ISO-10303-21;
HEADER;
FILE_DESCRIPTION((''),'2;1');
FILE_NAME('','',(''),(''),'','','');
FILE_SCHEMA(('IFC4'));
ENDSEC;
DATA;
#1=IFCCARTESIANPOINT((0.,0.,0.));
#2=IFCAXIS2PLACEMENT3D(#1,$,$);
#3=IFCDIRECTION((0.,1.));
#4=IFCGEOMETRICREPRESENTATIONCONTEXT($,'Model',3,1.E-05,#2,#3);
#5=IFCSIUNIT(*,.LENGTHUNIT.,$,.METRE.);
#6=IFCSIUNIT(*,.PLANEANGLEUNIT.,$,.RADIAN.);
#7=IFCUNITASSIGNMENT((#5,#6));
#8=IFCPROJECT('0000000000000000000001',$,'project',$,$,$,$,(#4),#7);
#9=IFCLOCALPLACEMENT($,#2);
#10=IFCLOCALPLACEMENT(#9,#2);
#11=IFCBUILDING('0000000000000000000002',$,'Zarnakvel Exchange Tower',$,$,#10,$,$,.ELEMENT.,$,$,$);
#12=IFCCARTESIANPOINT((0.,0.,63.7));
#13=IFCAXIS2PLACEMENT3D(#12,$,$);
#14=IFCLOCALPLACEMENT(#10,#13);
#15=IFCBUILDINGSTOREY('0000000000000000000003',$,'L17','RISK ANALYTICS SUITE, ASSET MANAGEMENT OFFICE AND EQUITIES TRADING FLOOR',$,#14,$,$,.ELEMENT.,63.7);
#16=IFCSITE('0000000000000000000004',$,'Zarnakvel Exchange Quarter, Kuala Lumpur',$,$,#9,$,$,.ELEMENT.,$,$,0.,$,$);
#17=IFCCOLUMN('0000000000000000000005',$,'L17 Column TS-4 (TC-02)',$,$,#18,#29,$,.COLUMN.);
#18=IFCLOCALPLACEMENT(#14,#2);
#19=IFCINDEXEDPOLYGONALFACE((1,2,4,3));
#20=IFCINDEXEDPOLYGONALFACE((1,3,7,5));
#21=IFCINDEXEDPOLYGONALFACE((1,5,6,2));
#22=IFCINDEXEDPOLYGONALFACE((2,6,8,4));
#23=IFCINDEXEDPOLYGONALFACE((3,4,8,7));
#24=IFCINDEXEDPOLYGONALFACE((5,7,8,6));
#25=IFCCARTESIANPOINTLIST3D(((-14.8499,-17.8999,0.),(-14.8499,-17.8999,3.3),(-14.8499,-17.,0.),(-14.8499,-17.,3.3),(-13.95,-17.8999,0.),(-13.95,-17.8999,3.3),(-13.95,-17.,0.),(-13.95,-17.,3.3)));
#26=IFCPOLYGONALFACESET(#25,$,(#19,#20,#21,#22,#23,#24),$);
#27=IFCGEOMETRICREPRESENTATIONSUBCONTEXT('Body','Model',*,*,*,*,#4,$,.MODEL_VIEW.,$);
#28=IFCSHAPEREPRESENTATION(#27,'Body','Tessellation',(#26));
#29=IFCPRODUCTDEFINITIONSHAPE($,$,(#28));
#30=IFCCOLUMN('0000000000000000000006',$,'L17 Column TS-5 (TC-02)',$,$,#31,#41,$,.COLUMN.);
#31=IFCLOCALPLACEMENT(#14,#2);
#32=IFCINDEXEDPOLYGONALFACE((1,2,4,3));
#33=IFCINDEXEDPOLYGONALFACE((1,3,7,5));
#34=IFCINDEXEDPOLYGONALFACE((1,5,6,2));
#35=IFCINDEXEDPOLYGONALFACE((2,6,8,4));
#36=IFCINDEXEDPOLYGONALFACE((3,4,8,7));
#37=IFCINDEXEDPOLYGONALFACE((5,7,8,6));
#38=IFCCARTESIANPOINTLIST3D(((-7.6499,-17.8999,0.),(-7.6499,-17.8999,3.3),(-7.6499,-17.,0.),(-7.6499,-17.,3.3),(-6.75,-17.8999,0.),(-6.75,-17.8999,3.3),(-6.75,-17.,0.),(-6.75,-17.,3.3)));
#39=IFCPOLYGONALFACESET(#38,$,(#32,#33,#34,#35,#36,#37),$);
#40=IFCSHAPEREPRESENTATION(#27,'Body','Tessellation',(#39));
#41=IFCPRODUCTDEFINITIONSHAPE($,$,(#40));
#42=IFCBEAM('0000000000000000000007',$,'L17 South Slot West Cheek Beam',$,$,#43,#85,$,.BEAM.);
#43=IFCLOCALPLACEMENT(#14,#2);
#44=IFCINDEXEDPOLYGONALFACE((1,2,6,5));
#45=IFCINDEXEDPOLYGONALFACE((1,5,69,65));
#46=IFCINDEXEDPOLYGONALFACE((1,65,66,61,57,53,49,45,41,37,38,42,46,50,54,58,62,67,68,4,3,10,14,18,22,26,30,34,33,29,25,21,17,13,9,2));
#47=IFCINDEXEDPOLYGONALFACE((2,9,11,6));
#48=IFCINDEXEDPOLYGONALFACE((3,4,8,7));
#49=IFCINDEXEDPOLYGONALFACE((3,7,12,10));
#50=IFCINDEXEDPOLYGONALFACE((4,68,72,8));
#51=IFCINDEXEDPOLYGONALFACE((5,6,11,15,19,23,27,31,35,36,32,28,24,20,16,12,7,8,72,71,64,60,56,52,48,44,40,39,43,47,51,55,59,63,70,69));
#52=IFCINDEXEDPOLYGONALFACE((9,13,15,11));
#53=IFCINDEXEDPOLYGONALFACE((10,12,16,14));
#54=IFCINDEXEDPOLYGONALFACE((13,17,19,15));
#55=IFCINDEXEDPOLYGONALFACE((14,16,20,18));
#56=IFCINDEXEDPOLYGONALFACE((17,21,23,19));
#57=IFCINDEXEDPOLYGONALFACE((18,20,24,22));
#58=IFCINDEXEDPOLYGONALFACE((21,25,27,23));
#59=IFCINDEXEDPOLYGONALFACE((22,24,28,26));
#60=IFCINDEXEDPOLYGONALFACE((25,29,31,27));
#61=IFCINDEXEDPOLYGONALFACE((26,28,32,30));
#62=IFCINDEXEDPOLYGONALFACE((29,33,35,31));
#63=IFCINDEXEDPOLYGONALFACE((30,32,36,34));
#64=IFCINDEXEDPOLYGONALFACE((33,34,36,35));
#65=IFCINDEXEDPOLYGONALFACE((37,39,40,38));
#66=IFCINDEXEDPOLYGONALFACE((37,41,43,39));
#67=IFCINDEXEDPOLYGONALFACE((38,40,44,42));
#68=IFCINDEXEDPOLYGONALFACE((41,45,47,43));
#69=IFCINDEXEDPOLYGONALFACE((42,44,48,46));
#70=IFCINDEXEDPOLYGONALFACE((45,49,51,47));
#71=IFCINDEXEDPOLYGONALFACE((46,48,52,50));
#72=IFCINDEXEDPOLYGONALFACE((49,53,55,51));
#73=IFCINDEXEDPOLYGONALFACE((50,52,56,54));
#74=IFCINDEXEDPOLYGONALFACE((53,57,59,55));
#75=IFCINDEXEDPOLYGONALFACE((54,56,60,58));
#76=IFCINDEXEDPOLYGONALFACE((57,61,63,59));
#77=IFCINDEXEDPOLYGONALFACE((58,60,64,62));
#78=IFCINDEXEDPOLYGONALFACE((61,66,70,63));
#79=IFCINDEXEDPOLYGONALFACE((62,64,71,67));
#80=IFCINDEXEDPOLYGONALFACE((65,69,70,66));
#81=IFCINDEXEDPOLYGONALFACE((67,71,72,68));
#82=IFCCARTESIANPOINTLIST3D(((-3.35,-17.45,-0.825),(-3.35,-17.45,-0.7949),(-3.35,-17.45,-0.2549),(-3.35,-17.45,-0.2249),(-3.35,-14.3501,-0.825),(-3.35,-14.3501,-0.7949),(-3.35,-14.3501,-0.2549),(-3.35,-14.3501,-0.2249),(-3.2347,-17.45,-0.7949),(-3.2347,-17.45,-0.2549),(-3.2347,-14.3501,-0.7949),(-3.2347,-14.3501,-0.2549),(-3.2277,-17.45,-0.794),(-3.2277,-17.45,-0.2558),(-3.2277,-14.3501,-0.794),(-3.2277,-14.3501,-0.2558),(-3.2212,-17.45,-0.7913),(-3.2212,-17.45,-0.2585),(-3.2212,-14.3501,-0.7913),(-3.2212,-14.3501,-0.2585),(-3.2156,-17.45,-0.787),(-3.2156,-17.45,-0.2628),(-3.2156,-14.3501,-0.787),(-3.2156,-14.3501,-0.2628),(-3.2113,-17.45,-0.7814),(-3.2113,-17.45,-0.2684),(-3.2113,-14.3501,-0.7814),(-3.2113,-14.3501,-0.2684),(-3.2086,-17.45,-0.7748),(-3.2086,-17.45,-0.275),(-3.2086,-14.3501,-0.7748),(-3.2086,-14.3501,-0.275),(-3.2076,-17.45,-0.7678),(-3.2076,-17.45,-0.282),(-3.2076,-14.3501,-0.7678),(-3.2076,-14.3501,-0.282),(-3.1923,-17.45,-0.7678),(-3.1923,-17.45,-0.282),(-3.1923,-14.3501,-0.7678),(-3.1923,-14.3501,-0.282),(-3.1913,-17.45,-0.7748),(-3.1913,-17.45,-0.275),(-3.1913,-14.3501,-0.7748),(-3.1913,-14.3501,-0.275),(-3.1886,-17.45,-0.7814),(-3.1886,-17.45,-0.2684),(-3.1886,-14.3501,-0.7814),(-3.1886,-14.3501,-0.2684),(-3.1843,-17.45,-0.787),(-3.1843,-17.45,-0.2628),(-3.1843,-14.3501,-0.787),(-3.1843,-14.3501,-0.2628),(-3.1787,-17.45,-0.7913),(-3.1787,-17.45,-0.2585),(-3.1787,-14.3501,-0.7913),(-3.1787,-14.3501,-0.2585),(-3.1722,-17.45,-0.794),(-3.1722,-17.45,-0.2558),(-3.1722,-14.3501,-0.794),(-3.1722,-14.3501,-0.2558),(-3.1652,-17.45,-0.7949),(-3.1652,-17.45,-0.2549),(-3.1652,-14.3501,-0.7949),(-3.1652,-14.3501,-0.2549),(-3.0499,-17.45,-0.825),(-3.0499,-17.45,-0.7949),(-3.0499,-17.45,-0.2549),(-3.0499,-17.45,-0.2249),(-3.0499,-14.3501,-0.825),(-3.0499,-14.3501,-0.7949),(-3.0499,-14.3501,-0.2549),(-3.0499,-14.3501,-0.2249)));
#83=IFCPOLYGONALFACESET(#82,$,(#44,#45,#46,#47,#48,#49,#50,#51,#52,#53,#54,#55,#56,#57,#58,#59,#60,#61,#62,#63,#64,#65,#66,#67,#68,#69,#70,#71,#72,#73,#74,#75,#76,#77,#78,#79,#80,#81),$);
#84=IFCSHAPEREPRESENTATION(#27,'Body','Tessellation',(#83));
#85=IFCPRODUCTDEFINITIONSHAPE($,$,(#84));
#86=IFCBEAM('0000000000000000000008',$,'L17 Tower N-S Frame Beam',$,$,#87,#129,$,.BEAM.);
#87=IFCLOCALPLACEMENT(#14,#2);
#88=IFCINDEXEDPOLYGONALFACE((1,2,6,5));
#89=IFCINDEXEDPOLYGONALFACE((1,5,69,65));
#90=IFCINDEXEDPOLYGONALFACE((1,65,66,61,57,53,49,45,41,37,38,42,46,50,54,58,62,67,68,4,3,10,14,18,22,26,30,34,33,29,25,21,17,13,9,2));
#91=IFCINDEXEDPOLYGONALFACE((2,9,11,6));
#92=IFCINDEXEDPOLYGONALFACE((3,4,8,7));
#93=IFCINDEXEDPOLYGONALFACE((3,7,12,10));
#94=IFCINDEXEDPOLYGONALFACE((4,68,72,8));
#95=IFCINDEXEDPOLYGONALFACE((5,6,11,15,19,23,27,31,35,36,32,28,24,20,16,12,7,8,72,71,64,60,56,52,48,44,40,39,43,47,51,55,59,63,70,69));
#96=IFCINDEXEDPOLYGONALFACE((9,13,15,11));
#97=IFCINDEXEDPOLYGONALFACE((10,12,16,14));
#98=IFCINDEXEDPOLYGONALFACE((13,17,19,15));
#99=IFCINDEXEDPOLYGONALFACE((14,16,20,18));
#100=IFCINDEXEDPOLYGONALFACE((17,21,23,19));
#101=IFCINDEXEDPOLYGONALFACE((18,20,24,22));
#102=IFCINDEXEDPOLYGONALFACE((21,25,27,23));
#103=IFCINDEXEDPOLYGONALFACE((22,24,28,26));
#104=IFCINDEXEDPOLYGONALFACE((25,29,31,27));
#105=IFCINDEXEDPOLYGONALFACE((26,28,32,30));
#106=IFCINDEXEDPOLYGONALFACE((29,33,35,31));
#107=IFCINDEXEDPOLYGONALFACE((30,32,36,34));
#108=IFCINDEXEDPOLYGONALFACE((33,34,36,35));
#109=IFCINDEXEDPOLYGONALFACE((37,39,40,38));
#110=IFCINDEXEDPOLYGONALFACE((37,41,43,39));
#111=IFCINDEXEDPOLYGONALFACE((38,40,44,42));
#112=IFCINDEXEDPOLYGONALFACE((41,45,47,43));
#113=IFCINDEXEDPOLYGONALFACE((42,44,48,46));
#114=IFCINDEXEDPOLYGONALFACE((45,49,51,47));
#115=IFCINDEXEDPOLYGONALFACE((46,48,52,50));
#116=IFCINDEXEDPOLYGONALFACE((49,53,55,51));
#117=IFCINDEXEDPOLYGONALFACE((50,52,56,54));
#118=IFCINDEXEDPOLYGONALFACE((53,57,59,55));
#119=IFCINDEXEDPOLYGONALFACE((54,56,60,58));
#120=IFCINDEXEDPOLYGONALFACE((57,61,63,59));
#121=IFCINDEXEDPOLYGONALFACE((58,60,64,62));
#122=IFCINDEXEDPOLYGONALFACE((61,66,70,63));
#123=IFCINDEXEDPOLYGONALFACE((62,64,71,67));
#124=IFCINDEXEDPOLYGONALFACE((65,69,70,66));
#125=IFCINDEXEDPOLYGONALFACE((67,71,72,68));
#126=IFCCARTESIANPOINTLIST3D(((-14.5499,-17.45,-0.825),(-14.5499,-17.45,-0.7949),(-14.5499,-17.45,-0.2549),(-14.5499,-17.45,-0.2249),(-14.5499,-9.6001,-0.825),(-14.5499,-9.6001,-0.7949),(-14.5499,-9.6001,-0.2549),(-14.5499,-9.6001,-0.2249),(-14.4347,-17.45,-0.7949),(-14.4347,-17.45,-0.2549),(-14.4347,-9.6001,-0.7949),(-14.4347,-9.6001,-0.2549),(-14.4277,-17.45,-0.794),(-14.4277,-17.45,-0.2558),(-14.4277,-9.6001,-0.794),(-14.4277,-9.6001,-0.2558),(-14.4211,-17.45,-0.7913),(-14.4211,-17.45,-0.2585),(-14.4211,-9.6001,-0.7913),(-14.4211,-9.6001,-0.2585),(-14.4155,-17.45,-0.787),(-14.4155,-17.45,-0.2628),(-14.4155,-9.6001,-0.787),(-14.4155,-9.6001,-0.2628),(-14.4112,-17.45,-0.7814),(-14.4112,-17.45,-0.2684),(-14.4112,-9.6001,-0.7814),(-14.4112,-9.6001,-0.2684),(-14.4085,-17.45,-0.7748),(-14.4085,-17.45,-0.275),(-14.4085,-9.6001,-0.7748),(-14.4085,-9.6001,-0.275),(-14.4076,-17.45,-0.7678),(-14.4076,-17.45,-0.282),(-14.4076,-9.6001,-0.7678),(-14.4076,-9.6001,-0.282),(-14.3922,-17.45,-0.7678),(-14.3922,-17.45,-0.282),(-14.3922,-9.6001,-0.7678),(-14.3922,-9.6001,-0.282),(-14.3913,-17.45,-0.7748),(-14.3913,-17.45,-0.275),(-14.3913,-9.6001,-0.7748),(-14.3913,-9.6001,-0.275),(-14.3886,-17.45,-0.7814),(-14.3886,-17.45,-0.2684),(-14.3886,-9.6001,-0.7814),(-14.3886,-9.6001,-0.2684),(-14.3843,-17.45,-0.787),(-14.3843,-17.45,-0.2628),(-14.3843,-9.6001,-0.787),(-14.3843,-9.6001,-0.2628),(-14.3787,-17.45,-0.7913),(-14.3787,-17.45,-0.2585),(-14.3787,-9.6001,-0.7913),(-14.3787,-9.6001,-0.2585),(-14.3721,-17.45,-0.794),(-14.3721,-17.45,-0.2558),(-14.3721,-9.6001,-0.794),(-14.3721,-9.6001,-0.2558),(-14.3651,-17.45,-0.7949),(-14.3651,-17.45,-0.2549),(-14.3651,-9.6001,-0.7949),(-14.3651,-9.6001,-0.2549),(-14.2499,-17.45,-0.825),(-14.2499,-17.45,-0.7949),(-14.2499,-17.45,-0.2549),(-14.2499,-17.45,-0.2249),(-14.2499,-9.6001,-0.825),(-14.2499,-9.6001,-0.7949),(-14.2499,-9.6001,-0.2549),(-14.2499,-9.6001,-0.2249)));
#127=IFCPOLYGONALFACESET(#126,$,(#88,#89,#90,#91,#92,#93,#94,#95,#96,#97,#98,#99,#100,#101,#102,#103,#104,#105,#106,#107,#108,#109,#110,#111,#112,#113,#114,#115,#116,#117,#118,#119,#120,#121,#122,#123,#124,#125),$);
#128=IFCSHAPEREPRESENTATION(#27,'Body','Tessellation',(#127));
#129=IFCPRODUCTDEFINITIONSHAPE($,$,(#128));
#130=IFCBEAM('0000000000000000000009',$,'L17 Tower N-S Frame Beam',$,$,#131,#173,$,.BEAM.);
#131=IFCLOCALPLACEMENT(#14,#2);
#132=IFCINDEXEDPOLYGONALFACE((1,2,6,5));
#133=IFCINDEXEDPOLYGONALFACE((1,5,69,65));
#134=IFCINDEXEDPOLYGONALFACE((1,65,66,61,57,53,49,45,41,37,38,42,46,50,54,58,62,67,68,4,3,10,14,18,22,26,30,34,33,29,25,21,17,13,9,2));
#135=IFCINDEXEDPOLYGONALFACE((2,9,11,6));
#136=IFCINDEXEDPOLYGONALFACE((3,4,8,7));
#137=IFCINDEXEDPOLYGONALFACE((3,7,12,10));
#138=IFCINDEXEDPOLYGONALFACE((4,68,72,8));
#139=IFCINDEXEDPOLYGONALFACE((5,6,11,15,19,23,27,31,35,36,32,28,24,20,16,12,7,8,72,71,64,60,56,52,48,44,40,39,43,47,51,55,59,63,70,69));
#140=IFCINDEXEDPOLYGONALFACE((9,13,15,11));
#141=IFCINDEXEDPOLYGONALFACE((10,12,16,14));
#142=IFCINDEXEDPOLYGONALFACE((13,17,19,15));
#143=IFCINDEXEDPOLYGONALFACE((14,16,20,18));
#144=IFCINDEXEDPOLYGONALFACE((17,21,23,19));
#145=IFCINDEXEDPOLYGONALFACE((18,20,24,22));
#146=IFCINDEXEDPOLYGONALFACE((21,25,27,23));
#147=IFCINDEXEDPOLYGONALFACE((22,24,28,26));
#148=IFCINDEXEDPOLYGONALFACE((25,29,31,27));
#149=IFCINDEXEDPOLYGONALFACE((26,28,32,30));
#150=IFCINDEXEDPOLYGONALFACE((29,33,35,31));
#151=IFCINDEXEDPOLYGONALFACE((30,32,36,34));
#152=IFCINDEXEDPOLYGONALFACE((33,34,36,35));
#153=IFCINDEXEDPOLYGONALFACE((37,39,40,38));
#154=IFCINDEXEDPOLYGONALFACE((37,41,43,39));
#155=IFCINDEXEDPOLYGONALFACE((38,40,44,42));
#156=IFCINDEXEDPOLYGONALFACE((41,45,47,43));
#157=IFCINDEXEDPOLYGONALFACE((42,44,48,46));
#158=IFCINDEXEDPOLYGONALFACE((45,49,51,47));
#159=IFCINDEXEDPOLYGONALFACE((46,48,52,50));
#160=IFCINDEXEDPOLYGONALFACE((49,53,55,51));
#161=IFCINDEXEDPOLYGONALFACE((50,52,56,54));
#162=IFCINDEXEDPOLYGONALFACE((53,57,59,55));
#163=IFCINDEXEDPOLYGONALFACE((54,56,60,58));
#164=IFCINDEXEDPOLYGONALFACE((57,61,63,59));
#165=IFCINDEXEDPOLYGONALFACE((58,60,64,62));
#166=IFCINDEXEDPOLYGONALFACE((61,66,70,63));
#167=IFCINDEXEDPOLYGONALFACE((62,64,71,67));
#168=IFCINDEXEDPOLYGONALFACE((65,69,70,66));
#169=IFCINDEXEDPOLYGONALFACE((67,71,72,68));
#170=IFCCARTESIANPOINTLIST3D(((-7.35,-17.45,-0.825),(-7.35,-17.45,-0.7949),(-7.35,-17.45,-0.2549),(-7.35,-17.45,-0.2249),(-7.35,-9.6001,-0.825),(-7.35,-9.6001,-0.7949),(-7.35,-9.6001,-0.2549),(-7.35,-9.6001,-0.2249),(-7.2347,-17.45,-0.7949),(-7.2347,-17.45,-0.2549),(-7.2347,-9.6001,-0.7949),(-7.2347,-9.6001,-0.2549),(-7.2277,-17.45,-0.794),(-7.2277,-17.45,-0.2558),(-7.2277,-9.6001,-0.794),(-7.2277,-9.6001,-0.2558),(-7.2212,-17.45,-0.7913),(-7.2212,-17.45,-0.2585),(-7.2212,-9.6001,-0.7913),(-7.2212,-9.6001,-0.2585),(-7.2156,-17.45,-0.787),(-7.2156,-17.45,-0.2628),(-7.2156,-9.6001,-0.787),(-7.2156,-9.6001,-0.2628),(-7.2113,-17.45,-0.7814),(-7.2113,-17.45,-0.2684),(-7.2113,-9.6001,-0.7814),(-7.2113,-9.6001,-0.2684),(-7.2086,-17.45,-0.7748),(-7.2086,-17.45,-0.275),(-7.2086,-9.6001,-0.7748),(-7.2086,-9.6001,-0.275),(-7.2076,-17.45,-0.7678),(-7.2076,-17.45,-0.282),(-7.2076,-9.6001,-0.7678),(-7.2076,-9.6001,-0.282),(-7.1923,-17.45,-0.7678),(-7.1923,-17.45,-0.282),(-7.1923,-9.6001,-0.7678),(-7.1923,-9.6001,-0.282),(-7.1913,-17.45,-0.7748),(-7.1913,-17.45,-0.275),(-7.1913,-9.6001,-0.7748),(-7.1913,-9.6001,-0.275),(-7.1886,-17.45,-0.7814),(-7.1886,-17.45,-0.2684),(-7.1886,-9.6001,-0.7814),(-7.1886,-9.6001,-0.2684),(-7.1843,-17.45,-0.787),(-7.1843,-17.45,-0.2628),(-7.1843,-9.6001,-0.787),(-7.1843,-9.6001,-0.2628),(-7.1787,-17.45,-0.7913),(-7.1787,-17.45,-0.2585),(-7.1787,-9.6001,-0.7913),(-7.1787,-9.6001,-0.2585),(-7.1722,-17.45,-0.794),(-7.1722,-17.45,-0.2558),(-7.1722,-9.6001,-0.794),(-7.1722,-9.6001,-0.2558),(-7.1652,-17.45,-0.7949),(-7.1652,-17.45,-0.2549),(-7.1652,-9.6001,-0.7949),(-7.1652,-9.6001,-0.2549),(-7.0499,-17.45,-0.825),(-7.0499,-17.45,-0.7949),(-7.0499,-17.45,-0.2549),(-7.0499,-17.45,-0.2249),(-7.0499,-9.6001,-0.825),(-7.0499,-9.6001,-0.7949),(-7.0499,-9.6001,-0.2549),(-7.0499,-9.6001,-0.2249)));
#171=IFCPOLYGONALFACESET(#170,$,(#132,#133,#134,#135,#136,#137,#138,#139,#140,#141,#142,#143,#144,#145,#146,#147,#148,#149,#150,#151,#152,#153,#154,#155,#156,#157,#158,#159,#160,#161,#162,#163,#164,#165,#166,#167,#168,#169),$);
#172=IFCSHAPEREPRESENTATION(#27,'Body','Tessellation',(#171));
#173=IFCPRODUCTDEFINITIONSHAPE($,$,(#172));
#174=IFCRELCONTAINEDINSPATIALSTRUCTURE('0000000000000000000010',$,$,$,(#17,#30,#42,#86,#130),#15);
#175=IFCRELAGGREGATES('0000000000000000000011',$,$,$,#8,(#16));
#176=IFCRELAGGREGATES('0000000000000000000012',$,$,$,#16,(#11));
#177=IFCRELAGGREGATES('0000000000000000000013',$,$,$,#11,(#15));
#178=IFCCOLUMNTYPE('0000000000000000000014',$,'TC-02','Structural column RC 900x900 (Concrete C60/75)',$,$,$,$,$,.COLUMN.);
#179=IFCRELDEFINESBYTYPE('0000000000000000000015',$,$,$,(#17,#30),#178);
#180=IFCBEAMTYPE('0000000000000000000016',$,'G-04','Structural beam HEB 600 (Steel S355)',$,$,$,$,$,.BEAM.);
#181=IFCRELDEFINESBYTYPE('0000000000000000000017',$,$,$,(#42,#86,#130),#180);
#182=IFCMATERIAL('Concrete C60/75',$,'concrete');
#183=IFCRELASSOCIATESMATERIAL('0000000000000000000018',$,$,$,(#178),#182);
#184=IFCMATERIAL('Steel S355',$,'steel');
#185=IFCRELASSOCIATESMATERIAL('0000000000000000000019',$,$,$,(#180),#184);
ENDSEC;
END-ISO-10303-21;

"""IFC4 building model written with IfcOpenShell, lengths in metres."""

from ifc_helpers import new_model, si_unit, direction, frame, origin, origin_2d, place, context, subcontext, project, spatial, rectangle, i_section, extrude, material, material_profile, profile_set, type_object, element, save


model = new_model("IFC4")

# Units and contexts
model_context = context("Model", 3, precision=1e-05, world=origin(), true_north=direction((0.0, 1.0)))
body_context = subcontext(model_context, "Body", "Model", "MODEL_VIEW")
ifc_project = project(units=[si_unit("LENGTHUNIT", "METRE"), si_unit("PLANEANGLEUNIT", "RADIAN")], contexts=[model_context])

# Site, building, storey
site_placement = place(None, origin())
site = spatial("IfcSite", under=ifc_project, at=site_placement, Name="Zarnakvel Exchange Quarter, Kuala Lumpur", CompositionType="ELEMENT", RefElevation=0.0)
building_placement = place(site_placement, origin())
building = spatial("IfcBuilding", under=site, at=building_placement, Name="Zarnakvel Exchange Tower", CompositionType="ELEMENT")
storey_placement = place(building_placement, frame((0.0, 0.0, 63.7)))
storey = spatial("IfcBuildingStorey", under=building, at=storey_placement, Name="L17", Description="RISK ANALYTICS SUITE, ASSET MANAGEMENT OFFICE AND EQUITIES TRADING FLOOR", CompositionType="ELEMENT", Elevation=63.7)

# Columns
ifc_material_1 = material(Name="Concrete C60/75", Category="concrete")
ifc_material_profile_1 = material_profile(ifc_material_1, rectangle(XDim=0.8999, YDim=0.8999, at=origin_2d()))
ifc_profile_set_1 = profile_set([ifc_material_profile_1], Name="Concrete C60/75")
column_type = type_object("IfcColumnType", Name="TC-02", Description="Structural column RC 900x900 (Concrete C60/75)", PredefinedType="COLUMN", material=ifc_profile_set_1)
for number, where, z_axis, x_axis, name in (
    (1, (-14.3999, -17.45, 0.0), (0.0, 0.0, 1.0), (1.0, 0.0, 0.0), "L17 Column TS-4 (TC-02)"),
    (2, (-7.2, -17.45, 0.0), (0.0, 0.0, 1.0), (1.0, 0.0, 0.0), "L17 Column TS-5 (TC-02)"),
):
    element("IfcColumn", number, at=place(storey_placement, frame(where, z_axis=z_axis, x_axis=x_axis)), inside=storey, type_object=column_type, Name=name, PredefinedType="COLUMN", context=body_context, shape_type="SweptSolid", body=[
        extrude(rectangle(XDim=0.8999, YDim=0.8999, at=origin_2d()), origin(), (0.0, 0.0, 1.0), 3.3),
    ])

# Beams
ifc_material_2 = material(Name="Steel S355", Category="steel")
ifc_material_profile_2 = material_profile(ifc_material_2, i_section(OverallWidth=0.3, OverallDepth=0.6001, WebThickness=0.0154, FlangeThickness=0.03, FilletRadius=0.0271, at=origin_2d()))
ifc_profile_set_2 = profile_set([ifc_material_profile_2], Name="Steel S355")
beam_type_1 = type_object("IfcBeamType", Name="G-04", Description="Structural beam HEB 600 (Steel S355)", PredefinedType="BEAM", material=ifc_profile_set_2)
beam_1_placement = place(storey_placement, frame((-3.2, -17.45, -0.5249), z_axis=(0.0, 1.0, 0.0), x_axis=(-1.0, 0.0, 0.0)))
element("IfcBeam", 3, at=beam_1_placement, inside=storey, type_object=beam_type_1, Name="L17 South Slot West Cheek Beam", PredefinedType="BEAM", context=body_context, shape_type="SweptSolid", body=[
    extrude(i_section(OverallWidth=0.3, OverallDepth=0.6001, WebThickness=0.0154, FlangeThickness=0.03, FilletRadius=0.0271, at=origin_2d()), origin(), (0.0, 0.0, 1.0), 3.0999),
])
for number, where, z_axis, x_axis, name in (
    (4, (-14.3999, -17.45, -0.5249), (0.0, 1.0, 0.0), (-1.0, 0.0, 0.0), "L17 Tower N-S Frame Beam"),
    (5, (-7.2, -17.45, -0.5249), (0.0, 1.0, 0.0), (-1.0, 0.0, 0.0), "L17 Tower N-S Frame Beam"),
):
    element("IfcBeam", number, at=place(storey_placement, frame(where, z_axis=z_axis, x_axis=x_axis)), inside=storey, type_object=beam_type_1, Name=name, PredefinedType="BEAM", context=body_context, shape_type="SweptSolid", body=[
        extrude(i_section(OverallWidth=0.3, OverallDepth=0.6001, WebThickness=0.0154, FlangeThickness=0.03, FilletRadius=0.0271, at=origin_2d()), origin(), (0.0, 0.0, 1.0), 7.8499),
    ])

save(model, "model.ifc")
